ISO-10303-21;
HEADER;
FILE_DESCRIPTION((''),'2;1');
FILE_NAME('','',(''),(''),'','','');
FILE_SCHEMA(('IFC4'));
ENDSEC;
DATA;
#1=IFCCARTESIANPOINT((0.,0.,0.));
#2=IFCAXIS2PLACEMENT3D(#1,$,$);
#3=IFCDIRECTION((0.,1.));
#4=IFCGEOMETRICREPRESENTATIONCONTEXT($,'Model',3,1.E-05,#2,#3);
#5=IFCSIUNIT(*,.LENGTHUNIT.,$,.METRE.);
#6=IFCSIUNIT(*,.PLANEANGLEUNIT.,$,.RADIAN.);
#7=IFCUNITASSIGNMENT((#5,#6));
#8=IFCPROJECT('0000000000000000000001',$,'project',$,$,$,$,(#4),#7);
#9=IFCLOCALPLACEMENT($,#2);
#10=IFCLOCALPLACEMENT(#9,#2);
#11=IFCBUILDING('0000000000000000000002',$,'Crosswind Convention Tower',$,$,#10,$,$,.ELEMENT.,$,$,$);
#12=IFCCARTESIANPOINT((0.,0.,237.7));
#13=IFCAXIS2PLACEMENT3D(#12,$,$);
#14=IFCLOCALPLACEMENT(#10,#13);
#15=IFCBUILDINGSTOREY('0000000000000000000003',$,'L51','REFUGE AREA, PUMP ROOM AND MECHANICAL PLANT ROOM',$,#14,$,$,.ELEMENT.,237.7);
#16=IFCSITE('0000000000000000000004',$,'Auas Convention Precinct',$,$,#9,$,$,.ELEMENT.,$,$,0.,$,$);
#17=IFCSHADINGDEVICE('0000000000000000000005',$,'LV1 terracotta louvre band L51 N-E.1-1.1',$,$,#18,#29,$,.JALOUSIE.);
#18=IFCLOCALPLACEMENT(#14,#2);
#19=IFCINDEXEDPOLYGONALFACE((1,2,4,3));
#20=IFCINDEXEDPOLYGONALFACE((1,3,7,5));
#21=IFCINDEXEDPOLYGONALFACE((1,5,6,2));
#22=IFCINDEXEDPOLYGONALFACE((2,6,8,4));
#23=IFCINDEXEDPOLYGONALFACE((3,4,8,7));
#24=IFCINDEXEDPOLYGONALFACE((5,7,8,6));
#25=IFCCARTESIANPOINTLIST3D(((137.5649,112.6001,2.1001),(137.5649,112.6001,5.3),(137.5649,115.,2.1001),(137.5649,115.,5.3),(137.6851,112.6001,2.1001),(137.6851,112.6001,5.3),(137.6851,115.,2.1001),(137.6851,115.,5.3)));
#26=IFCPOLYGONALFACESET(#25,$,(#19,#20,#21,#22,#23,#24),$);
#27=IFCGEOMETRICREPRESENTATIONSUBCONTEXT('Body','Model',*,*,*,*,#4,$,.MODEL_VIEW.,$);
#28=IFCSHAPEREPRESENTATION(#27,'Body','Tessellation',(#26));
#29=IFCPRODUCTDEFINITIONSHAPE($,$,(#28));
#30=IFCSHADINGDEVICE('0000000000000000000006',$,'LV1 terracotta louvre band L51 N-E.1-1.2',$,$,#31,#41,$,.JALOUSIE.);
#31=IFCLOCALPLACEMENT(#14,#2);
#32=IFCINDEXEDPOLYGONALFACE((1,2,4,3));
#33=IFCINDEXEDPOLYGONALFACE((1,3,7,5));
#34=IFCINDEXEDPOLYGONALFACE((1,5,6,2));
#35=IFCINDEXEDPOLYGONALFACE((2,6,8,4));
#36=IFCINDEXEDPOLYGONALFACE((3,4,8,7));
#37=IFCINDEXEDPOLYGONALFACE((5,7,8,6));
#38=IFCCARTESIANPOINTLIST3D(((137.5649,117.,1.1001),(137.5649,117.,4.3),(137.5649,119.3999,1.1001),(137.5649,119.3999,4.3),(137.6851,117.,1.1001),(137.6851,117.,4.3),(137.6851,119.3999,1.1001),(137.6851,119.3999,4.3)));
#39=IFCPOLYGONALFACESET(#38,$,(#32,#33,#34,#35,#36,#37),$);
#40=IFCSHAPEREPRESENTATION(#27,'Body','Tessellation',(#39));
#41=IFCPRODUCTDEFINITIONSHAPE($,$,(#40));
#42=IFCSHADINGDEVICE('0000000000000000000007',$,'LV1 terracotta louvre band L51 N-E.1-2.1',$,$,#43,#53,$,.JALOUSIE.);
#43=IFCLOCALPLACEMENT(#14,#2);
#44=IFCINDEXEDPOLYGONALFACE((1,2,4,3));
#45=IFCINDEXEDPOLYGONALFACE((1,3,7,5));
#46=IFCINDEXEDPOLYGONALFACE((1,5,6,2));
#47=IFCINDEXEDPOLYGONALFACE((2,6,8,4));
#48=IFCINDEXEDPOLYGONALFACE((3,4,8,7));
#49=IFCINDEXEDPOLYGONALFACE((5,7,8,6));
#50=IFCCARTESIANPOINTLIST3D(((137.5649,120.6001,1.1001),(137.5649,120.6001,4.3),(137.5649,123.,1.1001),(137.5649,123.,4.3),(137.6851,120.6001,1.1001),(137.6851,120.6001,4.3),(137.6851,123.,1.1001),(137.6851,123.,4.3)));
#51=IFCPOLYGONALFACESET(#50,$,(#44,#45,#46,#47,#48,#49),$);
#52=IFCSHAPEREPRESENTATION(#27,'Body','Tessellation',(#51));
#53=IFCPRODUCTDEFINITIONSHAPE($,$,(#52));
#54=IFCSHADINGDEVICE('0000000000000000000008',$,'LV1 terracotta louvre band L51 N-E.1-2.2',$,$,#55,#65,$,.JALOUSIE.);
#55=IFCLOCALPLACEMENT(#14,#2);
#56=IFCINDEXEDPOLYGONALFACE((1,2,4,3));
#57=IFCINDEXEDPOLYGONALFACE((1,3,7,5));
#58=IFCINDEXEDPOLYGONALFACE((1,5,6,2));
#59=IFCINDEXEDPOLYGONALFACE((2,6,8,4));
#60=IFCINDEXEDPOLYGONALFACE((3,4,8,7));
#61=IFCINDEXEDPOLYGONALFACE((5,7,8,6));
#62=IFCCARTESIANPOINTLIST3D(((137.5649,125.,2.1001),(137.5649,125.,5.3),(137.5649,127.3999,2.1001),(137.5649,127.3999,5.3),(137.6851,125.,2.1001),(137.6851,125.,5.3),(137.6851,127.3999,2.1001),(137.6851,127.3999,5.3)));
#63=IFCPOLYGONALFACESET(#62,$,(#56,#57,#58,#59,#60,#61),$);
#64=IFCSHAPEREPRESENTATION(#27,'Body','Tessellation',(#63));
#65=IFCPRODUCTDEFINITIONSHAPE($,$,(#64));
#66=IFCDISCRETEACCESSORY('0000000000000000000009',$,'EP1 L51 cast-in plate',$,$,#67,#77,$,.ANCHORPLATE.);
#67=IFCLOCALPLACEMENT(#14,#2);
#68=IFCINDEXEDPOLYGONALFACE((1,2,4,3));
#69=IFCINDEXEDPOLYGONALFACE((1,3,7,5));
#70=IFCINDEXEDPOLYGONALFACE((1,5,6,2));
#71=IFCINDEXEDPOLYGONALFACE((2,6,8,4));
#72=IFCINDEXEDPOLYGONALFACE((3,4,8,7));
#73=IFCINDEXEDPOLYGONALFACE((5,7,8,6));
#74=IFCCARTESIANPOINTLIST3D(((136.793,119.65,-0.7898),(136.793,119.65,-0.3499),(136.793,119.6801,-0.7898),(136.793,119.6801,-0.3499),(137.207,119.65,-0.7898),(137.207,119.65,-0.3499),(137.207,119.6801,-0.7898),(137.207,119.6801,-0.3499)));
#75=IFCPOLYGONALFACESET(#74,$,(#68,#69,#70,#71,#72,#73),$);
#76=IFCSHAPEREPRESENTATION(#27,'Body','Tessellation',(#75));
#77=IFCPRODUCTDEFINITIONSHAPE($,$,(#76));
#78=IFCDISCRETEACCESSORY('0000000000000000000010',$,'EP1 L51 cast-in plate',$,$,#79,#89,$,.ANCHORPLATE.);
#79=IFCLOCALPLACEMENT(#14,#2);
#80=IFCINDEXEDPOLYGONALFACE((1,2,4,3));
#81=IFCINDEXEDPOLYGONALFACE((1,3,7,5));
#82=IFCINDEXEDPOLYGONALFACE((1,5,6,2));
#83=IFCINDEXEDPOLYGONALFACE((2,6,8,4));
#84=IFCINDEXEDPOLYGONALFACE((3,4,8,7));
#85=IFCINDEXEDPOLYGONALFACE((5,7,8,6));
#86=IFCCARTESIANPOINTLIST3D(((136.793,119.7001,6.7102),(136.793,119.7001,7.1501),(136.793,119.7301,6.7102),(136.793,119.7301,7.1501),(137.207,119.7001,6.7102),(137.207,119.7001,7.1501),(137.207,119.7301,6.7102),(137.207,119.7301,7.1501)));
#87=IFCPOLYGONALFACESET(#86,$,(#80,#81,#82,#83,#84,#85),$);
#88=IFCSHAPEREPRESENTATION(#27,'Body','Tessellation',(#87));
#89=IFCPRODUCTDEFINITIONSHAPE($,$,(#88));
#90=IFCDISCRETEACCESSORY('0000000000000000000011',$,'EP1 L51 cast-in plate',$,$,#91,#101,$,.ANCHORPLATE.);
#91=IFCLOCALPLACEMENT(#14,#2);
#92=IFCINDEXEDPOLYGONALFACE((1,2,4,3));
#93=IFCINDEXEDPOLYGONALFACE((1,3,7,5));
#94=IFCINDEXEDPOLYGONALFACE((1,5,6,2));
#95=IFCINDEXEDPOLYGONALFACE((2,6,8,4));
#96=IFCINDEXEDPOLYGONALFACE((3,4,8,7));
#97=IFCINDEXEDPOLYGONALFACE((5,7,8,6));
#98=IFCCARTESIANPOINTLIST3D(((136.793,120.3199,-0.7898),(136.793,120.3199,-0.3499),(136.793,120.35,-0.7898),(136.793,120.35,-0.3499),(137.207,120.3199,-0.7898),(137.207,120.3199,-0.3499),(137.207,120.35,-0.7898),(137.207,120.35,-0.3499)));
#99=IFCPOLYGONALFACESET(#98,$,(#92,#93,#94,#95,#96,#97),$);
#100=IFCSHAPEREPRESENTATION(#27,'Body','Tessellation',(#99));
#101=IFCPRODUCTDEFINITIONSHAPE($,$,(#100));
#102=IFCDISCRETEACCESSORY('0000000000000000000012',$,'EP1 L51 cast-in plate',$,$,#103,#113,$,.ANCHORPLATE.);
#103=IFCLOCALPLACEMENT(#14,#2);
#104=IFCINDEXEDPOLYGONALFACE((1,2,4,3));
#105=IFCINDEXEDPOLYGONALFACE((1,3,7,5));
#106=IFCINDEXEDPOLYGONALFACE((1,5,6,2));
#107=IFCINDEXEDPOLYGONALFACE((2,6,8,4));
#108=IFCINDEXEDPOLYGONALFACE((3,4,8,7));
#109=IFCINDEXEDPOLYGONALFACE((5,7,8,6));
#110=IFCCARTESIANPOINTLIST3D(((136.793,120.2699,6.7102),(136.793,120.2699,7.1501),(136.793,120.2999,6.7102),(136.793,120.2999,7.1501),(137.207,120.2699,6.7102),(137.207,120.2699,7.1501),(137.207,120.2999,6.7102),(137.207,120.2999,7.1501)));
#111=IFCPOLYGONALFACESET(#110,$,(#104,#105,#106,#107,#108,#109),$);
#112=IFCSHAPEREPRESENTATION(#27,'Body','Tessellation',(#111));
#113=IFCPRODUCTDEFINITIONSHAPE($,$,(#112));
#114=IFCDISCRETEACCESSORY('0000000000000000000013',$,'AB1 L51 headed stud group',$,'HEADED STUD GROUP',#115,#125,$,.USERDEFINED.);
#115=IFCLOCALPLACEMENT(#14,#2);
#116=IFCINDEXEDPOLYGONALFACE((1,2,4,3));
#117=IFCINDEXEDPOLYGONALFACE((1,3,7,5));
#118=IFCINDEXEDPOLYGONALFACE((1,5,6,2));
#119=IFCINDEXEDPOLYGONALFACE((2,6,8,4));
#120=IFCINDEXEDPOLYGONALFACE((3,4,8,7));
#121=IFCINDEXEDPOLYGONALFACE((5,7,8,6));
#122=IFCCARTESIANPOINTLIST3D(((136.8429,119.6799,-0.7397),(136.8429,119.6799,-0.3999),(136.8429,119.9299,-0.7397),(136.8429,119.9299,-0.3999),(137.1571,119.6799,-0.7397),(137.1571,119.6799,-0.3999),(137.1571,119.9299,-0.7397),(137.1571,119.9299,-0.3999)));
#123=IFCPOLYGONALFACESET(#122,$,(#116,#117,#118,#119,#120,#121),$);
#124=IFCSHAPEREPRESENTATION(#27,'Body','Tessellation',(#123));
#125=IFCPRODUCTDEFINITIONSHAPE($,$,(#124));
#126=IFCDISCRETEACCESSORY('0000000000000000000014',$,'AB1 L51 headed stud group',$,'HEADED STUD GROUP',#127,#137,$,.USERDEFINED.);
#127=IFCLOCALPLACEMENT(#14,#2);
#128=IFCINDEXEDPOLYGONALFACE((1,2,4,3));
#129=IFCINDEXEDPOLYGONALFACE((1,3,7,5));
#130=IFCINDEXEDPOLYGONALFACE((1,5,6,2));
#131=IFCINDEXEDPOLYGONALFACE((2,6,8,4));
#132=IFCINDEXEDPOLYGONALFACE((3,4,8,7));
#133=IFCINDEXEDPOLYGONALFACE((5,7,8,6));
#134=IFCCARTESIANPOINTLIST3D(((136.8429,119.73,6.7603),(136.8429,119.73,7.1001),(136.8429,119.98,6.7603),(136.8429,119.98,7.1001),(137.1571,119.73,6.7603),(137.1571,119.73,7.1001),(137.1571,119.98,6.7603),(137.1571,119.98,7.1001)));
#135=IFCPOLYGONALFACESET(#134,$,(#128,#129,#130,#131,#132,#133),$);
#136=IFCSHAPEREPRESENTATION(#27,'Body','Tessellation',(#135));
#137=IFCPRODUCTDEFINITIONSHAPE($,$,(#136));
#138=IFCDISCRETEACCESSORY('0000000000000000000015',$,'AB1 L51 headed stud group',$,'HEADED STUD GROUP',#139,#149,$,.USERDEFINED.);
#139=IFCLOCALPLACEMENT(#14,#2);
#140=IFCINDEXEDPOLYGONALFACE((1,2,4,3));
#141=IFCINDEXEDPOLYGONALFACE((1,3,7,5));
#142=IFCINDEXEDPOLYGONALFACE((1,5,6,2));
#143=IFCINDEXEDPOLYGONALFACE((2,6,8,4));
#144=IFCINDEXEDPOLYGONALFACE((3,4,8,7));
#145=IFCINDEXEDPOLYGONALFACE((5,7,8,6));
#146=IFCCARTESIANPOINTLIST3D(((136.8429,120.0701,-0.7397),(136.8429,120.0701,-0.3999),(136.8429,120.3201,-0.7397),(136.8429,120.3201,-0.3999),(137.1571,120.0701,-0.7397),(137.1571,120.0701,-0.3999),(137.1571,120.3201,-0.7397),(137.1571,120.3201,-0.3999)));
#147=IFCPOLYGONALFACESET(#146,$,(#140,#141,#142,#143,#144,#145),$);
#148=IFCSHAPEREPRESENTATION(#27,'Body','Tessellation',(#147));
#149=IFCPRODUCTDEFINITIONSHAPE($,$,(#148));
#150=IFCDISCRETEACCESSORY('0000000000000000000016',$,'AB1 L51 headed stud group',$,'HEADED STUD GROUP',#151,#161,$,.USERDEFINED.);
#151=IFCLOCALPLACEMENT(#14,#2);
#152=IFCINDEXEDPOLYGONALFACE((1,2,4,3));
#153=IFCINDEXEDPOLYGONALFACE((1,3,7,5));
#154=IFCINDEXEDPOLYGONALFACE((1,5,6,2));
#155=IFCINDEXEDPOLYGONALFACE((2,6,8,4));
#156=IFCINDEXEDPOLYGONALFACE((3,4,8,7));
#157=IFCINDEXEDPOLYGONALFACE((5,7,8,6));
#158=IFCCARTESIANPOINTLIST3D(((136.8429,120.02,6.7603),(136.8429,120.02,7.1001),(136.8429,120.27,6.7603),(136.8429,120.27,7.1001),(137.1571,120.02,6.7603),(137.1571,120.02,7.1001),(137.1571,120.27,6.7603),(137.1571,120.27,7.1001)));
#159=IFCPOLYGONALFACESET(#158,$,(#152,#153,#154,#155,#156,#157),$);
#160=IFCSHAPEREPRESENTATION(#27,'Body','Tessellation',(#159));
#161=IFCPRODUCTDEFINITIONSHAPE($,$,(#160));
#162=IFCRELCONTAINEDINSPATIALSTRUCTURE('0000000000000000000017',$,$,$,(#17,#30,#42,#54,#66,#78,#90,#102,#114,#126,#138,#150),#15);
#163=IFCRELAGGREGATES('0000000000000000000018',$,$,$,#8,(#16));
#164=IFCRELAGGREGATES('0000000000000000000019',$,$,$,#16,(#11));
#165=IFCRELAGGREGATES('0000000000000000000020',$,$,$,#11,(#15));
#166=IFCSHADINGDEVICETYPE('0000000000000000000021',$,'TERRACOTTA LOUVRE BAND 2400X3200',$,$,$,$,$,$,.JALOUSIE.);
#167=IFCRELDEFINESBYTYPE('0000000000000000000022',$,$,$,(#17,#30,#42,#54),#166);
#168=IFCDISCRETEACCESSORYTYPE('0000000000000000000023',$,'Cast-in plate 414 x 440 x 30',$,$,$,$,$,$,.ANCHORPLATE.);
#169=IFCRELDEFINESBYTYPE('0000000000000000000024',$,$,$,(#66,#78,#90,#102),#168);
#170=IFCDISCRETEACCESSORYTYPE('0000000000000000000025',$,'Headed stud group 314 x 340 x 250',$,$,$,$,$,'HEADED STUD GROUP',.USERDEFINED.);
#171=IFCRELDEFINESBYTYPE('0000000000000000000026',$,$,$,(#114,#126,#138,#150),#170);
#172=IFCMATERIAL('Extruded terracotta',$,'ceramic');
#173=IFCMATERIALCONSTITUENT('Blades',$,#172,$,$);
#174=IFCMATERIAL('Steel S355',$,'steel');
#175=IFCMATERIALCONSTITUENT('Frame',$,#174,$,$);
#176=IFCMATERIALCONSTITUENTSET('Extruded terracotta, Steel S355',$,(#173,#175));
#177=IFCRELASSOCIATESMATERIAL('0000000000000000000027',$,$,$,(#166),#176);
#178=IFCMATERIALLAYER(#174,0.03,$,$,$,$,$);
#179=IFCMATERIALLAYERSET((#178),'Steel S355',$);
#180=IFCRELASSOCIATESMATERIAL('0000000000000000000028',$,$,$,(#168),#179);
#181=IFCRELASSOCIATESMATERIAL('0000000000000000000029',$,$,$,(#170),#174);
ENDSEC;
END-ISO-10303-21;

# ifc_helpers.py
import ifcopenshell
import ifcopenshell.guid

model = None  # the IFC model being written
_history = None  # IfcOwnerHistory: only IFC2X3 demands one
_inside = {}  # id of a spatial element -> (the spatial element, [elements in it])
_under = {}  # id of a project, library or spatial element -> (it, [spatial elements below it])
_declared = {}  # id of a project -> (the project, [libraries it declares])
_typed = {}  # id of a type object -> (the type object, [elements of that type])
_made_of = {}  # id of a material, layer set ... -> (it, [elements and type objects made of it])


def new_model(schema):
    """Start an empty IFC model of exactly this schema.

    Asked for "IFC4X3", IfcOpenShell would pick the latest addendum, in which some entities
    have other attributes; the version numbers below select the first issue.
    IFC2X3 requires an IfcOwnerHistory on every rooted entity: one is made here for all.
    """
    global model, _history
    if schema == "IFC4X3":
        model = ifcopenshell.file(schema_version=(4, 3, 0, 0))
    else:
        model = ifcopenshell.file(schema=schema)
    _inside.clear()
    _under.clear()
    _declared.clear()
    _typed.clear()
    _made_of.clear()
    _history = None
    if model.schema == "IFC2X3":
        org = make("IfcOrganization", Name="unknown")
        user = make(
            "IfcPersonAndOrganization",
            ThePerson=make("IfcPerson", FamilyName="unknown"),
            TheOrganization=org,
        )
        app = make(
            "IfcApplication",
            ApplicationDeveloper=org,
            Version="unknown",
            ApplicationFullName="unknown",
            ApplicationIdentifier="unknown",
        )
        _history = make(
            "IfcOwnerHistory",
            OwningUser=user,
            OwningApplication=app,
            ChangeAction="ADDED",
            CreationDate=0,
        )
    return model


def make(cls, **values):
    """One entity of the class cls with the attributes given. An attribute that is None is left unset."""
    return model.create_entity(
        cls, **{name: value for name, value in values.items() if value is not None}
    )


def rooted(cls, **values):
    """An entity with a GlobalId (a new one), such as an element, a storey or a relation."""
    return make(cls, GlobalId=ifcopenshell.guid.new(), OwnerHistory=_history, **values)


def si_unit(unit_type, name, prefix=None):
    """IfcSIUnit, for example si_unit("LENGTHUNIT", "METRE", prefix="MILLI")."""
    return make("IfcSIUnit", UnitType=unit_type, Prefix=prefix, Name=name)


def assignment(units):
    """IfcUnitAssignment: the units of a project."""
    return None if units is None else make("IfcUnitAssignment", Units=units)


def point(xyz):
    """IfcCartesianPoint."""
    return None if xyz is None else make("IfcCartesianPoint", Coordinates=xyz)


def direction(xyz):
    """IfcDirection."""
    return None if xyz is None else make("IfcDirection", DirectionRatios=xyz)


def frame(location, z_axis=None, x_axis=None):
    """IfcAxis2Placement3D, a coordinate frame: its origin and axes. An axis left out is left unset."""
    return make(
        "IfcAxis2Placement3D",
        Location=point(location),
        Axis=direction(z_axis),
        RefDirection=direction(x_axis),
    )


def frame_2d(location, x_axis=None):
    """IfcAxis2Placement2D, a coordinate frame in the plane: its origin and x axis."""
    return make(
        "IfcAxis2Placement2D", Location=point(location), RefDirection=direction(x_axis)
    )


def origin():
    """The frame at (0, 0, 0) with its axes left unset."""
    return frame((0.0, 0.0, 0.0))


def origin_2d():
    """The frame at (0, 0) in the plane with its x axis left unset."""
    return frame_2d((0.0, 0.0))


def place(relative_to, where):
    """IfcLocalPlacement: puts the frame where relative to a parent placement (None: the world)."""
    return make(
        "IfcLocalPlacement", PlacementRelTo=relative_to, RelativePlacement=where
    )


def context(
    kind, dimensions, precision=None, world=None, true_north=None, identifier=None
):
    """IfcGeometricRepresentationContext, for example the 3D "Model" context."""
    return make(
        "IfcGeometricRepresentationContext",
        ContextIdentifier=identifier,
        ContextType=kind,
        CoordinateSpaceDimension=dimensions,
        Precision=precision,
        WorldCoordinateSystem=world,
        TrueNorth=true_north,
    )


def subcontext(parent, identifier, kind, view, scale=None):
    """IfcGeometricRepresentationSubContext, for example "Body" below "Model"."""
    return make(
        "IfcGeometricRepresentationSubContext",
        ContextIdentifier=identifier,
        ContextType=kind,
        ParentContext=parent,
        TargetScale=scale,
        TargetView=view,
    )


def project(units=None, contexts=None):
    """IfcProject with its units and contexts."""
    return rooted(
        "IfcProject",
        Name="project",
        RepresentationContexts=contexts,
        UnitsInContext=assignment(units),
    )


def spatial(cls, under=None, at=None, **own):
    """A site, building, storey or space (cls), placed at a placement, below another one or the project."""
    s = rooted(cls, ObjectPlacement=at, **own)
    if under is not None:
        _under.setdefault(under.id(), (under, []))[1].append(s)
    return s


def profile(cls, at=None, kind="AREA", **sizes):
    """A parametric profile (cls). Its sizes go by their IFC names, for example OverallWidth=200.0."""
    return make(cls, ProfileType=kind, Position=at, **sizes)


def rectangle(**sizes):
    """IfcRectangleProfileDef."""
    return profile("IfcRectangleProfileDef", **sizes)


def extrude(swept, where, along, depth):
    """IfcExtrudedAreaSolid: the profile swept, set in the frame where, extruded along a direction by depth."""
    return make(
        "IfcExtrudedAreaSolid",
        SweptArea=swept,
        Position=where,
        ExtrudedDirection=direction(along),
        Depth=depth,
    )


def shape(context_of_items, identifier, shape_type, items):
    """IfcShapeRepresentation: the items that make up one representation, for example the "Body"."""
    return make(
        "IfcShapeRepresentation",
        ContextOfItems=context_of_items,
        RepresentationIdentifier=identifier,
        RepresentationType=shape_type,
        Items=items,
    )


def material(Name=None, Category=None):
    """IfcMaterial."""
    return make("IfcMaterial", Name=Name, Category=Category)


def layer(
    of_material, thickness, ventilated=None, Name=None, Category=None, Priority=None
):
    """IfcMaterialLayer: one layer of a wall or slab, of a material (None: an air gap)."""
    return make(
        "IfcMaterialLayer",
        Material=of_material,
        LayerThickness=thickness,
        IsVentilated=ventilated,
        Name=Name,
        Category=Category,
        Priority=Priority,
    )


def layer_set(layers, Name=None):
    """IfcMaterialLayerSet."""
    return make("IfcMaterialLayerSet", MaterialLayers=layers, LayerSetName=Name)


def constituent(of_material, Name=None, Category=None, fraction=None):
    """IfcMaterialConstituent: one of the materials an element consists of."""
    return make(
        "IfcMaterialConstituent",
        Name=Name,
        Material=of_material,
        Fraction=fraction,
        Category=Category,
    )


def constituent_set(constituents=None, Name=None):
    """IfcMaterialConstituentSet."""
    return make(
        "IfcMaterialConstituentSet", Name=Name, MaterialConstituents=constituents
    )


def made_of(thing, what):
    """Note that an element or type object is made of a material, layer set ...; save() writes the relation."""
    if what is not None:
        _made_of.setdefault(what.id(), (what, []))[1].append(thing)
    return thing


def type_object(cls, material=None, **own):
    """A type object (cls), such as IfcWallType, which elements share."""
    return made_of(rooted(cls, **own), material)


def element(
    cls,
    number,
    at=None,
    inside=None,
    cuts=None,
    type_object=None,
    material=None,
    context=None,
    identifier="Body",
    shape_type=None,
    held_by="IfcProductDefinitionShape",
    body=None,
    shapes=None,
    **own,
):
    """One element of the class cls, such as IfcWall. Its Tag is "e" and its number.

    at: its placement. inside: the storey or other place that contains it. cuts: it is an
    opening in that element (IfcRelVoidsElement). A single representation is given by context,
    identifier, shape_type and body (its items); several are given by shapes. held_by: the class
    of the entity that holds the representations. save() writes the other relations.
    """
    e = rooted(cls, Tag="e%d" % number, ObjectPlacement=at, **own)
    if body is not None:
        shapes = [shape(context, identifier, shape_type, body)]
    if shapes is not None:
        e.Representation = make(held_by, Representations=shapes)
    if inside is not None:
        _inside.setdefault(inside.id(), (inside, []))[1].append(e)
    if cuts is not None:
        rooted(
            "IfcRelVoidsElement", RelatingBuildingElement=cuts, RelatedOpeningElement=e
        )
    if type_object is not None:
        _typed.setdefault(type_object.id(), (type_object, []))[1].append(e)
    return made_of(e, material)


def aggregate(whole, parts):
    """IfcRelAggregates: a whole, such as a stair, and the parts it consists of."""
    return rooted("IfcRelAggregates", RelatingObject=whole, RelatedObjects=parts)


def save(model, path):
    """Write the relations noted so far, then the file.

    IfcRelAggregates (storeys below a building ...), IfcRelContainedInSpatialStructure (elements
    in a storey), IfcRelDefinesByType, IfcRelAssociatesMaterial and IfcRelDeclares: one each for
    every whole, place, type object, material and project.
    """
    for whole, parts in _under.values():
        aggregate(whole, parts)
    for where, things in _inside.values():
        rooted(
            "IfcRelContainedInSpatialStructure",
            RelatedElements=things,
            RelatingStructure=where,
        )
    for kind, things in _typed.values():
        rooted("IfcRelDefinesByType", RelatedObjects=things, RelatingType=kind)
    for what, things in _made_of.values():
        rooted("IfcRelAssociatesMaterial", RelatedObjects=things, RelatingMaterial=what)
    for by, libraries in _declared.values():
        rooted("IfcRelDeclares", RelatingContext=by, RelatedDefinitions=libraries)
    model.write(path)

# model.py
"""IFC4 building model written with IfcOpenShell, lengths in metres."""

from ifc_helpers import new_model, si_unit, direction, frame, origin, origin_2d, place, context, subcontext, project, spatial, rectangle, extrude, material, layer, layer_set, constituent, constituent_set, type_object, element, save


model = new_model("IFC4")

# Units and contexts
model_context = context("Model", 3, precision=1e-05, world=origin(), true_north=direction((0.0, 1.0)))
body_context = subcontext(model_context, "Body", "Model", "MODEL_VIEW")
ifc_project = project(units=[si_unit("LENGTHUNIT", "METRE"), si_unit("PLANEANGLEUNIT", "RADIAN")], contexts=[model_context])

# Site, building, storey
site_placement = place(None, origin())
site = spatial("IfcSite", under=ifc_project, at=site_placement, Name="Auas Convention Precinct", CompositionType="ELEMENT", RefElevation=0.0)
building_placement = place(site_placement, origin())
building = spatial("IfcBuilding", under=site, at=building_placement, Name="Crosswind Convention Tower", CompositionType="ELEMENT")
storey_placement = place(building_placement, frame((0.0, 0.0, 237.7)))
storey = spatial("IfcBuildingStorey", under=building, at=storey_placement, Name="L51", Description="REFUGE AREA, PUMP ROOM AND MECHANICAL PLANT ROOM", CompositionType="ELEMENT", Elevation=237.7)

# Shared definitions
ifc_material_1 = material(Name="Steel S355", Category="steel")

# Shading devices
ifc_material_2 = material(Name="Extruded terracotta", Category="ceramic")
ifc_constituent_1 = constituent(ifc_material_2, Name="Blades")
ifc_constituent_2 = constituent(ifc_material_1, Name="Frame")
ifc_constituent_set = constituent_set(constituents=[ifc_constituent_1, ifc_constituent_2], Name="Extruded terracotta, Steel S355")
shading_device_type = type_object("IfcShadingDeviceType", Name="TERRACOTTA LOUVRE BAND 2400X3200", PredefinedType="JALOUSIE", material=ifc_constituent_set)
for number, where, z_axis, x_axis, name in (
    (1, (137.625, 113.8, 2.1001), (0.0, 0.0, 1.0), (0.0, 1.0, 0.0), "LV1 terracotta louvre band L51 N-E.1-1.1"),
    (2, (137.625, 118.2, 1.1001), (0.0, 0.0, 1.0), (0.0, 1.0, 0.0), "LV1 terracotta louvre band L51 N-E.1-1.2"),
    (3, (137.625, 121.8, 1.1001), (0.0, 0.0, 1.0), (0.0, 1.0, 0.0), "LV1 terracotta louvre band L51 N-E.1-2.1"),
    (4, (137.625, 126.2, 2.1001), (0.0, 0.0, 1.0), (0.0, 1.0, 0.0), "LV1 terracotta louvre band L51 N-E.1-2.2"),
):
    element("IfcShadingDevice", number, at=place(storey_placement, frame(where, z_axis=z_axis, x_axis=x_axis)), inside=storey, type_object=shading_device_type, Name=name, PredefinedType="JALOUSIE", context=body_context, shape_type="SweptSolid", body=[
        extrude(rectangle(XDim=2.3999, YDim=0.1201, at=origin_2d()), origin(), (0.0, 0.0, 1.0), 3.2),
    ])

# Discrete accessories
ifc_layer_1 = layer(ifc_material_1, 0.03)
ifc_layer_set_1 = layer_set([ifc_layer_1], Name="Steel S355")
discrete_accessory_type_1 = type_object("IfcDiscreteAccessoryType", Name="Cast-in plate 414 x 440 x 30", PredefinedType="ANCHORPLATE", material=ifc_layer_set_1)
for number, where, z_axis, x_axis, name in (
    (5, (137.0, 119.665, -0.7898), (0.0, 0.0, 1.0), (1.0, 0.0, 0.0), "EP1 L51 cast-in plate"),
    (6, (137.0, 119.7151, 6.7102), (0.0, 0.0, 1.0), (1.0, 0.0, 0.0), "EP1 L51 cast-in plate"),
    (7, (137.0, 120.335, -0.7898), (0.0, 0.0, 1.0), (1.0, 0.0, 0.0), "EP1 L51 cast-in plate"),
    (8, (137.0, 120.2849, 6.7102), (0.0, 0.0, 1.0), (1.0, 0.0, 0.0), "EP1 L51 cast-in plate"),
):
    element("IfcDiscreteAccessory", number, at=place(storey_placement, frame(where, z_axis=z_axis, x_axis=x_axis)), inside=storey, type_object=discrete_accessory_type_1, Name=name, PredefinedType="ANCHORPLATE", context=body_context, shape_type="SweptSolid", body=[
        extrude(rectangle(XDim=0.4141, YDim=0.03, at=origin_2d()), origin(), (0.0, 0.0, 1.0), 0.4399),
    ])
discrete_accessory_type_2 = type_object("IfcDiscreteAccessoryType", Name="Headed stud group 314 x 340 x 250", ElementType="HEADED STUD GROUP", PredefinedType="USERDEFINED", material=ifc_material_1)
for number, where, z_axis, x_axis, name in (
    (9, (137.0, 119.8049, -0.7397), (0.0, 0.0, 1.0), (1.0, 0.0, 0.0), "AB1 L51 headed stud group"),
    (10, (137.0, 119.855, 6.7603), (0.0, 0.0, 1.0), (1.0, 0.0, 0.0), "AB1 L51 headed stud group"),
    (11, (137.0, 120.1951, -0.7397), (0.0, 0.0, 1.0), (1.0, 0.0, 0.0), "AB1 L51 headed stud group"),
    (12, (137.0, 120.145, 6.7603), (0.0, 0.0, 1.0), (1.0, 0.0, 0.0), "AB1 L51 headed stud group"),
):
    element("IfcDiscreteAccessory", number, at=place(storey_placement, frame(where, z_axis=z_axis, x_axis=x_axis)), inside=storey, type_object=discrete_accessory_type_2, Name=name, ObjectType="HEADED STUD GROUP", PredefinedType="USERDEFINED", context=body_context, shape_type="SweptSolid", body=[
        extrude(rectangle(XDim=0.3142, YDim=0.25, at=origin_2d()), origin(), (0.0, 0.0, 1.0), 0.3398),
    ])

save(model, "model.ifc")
